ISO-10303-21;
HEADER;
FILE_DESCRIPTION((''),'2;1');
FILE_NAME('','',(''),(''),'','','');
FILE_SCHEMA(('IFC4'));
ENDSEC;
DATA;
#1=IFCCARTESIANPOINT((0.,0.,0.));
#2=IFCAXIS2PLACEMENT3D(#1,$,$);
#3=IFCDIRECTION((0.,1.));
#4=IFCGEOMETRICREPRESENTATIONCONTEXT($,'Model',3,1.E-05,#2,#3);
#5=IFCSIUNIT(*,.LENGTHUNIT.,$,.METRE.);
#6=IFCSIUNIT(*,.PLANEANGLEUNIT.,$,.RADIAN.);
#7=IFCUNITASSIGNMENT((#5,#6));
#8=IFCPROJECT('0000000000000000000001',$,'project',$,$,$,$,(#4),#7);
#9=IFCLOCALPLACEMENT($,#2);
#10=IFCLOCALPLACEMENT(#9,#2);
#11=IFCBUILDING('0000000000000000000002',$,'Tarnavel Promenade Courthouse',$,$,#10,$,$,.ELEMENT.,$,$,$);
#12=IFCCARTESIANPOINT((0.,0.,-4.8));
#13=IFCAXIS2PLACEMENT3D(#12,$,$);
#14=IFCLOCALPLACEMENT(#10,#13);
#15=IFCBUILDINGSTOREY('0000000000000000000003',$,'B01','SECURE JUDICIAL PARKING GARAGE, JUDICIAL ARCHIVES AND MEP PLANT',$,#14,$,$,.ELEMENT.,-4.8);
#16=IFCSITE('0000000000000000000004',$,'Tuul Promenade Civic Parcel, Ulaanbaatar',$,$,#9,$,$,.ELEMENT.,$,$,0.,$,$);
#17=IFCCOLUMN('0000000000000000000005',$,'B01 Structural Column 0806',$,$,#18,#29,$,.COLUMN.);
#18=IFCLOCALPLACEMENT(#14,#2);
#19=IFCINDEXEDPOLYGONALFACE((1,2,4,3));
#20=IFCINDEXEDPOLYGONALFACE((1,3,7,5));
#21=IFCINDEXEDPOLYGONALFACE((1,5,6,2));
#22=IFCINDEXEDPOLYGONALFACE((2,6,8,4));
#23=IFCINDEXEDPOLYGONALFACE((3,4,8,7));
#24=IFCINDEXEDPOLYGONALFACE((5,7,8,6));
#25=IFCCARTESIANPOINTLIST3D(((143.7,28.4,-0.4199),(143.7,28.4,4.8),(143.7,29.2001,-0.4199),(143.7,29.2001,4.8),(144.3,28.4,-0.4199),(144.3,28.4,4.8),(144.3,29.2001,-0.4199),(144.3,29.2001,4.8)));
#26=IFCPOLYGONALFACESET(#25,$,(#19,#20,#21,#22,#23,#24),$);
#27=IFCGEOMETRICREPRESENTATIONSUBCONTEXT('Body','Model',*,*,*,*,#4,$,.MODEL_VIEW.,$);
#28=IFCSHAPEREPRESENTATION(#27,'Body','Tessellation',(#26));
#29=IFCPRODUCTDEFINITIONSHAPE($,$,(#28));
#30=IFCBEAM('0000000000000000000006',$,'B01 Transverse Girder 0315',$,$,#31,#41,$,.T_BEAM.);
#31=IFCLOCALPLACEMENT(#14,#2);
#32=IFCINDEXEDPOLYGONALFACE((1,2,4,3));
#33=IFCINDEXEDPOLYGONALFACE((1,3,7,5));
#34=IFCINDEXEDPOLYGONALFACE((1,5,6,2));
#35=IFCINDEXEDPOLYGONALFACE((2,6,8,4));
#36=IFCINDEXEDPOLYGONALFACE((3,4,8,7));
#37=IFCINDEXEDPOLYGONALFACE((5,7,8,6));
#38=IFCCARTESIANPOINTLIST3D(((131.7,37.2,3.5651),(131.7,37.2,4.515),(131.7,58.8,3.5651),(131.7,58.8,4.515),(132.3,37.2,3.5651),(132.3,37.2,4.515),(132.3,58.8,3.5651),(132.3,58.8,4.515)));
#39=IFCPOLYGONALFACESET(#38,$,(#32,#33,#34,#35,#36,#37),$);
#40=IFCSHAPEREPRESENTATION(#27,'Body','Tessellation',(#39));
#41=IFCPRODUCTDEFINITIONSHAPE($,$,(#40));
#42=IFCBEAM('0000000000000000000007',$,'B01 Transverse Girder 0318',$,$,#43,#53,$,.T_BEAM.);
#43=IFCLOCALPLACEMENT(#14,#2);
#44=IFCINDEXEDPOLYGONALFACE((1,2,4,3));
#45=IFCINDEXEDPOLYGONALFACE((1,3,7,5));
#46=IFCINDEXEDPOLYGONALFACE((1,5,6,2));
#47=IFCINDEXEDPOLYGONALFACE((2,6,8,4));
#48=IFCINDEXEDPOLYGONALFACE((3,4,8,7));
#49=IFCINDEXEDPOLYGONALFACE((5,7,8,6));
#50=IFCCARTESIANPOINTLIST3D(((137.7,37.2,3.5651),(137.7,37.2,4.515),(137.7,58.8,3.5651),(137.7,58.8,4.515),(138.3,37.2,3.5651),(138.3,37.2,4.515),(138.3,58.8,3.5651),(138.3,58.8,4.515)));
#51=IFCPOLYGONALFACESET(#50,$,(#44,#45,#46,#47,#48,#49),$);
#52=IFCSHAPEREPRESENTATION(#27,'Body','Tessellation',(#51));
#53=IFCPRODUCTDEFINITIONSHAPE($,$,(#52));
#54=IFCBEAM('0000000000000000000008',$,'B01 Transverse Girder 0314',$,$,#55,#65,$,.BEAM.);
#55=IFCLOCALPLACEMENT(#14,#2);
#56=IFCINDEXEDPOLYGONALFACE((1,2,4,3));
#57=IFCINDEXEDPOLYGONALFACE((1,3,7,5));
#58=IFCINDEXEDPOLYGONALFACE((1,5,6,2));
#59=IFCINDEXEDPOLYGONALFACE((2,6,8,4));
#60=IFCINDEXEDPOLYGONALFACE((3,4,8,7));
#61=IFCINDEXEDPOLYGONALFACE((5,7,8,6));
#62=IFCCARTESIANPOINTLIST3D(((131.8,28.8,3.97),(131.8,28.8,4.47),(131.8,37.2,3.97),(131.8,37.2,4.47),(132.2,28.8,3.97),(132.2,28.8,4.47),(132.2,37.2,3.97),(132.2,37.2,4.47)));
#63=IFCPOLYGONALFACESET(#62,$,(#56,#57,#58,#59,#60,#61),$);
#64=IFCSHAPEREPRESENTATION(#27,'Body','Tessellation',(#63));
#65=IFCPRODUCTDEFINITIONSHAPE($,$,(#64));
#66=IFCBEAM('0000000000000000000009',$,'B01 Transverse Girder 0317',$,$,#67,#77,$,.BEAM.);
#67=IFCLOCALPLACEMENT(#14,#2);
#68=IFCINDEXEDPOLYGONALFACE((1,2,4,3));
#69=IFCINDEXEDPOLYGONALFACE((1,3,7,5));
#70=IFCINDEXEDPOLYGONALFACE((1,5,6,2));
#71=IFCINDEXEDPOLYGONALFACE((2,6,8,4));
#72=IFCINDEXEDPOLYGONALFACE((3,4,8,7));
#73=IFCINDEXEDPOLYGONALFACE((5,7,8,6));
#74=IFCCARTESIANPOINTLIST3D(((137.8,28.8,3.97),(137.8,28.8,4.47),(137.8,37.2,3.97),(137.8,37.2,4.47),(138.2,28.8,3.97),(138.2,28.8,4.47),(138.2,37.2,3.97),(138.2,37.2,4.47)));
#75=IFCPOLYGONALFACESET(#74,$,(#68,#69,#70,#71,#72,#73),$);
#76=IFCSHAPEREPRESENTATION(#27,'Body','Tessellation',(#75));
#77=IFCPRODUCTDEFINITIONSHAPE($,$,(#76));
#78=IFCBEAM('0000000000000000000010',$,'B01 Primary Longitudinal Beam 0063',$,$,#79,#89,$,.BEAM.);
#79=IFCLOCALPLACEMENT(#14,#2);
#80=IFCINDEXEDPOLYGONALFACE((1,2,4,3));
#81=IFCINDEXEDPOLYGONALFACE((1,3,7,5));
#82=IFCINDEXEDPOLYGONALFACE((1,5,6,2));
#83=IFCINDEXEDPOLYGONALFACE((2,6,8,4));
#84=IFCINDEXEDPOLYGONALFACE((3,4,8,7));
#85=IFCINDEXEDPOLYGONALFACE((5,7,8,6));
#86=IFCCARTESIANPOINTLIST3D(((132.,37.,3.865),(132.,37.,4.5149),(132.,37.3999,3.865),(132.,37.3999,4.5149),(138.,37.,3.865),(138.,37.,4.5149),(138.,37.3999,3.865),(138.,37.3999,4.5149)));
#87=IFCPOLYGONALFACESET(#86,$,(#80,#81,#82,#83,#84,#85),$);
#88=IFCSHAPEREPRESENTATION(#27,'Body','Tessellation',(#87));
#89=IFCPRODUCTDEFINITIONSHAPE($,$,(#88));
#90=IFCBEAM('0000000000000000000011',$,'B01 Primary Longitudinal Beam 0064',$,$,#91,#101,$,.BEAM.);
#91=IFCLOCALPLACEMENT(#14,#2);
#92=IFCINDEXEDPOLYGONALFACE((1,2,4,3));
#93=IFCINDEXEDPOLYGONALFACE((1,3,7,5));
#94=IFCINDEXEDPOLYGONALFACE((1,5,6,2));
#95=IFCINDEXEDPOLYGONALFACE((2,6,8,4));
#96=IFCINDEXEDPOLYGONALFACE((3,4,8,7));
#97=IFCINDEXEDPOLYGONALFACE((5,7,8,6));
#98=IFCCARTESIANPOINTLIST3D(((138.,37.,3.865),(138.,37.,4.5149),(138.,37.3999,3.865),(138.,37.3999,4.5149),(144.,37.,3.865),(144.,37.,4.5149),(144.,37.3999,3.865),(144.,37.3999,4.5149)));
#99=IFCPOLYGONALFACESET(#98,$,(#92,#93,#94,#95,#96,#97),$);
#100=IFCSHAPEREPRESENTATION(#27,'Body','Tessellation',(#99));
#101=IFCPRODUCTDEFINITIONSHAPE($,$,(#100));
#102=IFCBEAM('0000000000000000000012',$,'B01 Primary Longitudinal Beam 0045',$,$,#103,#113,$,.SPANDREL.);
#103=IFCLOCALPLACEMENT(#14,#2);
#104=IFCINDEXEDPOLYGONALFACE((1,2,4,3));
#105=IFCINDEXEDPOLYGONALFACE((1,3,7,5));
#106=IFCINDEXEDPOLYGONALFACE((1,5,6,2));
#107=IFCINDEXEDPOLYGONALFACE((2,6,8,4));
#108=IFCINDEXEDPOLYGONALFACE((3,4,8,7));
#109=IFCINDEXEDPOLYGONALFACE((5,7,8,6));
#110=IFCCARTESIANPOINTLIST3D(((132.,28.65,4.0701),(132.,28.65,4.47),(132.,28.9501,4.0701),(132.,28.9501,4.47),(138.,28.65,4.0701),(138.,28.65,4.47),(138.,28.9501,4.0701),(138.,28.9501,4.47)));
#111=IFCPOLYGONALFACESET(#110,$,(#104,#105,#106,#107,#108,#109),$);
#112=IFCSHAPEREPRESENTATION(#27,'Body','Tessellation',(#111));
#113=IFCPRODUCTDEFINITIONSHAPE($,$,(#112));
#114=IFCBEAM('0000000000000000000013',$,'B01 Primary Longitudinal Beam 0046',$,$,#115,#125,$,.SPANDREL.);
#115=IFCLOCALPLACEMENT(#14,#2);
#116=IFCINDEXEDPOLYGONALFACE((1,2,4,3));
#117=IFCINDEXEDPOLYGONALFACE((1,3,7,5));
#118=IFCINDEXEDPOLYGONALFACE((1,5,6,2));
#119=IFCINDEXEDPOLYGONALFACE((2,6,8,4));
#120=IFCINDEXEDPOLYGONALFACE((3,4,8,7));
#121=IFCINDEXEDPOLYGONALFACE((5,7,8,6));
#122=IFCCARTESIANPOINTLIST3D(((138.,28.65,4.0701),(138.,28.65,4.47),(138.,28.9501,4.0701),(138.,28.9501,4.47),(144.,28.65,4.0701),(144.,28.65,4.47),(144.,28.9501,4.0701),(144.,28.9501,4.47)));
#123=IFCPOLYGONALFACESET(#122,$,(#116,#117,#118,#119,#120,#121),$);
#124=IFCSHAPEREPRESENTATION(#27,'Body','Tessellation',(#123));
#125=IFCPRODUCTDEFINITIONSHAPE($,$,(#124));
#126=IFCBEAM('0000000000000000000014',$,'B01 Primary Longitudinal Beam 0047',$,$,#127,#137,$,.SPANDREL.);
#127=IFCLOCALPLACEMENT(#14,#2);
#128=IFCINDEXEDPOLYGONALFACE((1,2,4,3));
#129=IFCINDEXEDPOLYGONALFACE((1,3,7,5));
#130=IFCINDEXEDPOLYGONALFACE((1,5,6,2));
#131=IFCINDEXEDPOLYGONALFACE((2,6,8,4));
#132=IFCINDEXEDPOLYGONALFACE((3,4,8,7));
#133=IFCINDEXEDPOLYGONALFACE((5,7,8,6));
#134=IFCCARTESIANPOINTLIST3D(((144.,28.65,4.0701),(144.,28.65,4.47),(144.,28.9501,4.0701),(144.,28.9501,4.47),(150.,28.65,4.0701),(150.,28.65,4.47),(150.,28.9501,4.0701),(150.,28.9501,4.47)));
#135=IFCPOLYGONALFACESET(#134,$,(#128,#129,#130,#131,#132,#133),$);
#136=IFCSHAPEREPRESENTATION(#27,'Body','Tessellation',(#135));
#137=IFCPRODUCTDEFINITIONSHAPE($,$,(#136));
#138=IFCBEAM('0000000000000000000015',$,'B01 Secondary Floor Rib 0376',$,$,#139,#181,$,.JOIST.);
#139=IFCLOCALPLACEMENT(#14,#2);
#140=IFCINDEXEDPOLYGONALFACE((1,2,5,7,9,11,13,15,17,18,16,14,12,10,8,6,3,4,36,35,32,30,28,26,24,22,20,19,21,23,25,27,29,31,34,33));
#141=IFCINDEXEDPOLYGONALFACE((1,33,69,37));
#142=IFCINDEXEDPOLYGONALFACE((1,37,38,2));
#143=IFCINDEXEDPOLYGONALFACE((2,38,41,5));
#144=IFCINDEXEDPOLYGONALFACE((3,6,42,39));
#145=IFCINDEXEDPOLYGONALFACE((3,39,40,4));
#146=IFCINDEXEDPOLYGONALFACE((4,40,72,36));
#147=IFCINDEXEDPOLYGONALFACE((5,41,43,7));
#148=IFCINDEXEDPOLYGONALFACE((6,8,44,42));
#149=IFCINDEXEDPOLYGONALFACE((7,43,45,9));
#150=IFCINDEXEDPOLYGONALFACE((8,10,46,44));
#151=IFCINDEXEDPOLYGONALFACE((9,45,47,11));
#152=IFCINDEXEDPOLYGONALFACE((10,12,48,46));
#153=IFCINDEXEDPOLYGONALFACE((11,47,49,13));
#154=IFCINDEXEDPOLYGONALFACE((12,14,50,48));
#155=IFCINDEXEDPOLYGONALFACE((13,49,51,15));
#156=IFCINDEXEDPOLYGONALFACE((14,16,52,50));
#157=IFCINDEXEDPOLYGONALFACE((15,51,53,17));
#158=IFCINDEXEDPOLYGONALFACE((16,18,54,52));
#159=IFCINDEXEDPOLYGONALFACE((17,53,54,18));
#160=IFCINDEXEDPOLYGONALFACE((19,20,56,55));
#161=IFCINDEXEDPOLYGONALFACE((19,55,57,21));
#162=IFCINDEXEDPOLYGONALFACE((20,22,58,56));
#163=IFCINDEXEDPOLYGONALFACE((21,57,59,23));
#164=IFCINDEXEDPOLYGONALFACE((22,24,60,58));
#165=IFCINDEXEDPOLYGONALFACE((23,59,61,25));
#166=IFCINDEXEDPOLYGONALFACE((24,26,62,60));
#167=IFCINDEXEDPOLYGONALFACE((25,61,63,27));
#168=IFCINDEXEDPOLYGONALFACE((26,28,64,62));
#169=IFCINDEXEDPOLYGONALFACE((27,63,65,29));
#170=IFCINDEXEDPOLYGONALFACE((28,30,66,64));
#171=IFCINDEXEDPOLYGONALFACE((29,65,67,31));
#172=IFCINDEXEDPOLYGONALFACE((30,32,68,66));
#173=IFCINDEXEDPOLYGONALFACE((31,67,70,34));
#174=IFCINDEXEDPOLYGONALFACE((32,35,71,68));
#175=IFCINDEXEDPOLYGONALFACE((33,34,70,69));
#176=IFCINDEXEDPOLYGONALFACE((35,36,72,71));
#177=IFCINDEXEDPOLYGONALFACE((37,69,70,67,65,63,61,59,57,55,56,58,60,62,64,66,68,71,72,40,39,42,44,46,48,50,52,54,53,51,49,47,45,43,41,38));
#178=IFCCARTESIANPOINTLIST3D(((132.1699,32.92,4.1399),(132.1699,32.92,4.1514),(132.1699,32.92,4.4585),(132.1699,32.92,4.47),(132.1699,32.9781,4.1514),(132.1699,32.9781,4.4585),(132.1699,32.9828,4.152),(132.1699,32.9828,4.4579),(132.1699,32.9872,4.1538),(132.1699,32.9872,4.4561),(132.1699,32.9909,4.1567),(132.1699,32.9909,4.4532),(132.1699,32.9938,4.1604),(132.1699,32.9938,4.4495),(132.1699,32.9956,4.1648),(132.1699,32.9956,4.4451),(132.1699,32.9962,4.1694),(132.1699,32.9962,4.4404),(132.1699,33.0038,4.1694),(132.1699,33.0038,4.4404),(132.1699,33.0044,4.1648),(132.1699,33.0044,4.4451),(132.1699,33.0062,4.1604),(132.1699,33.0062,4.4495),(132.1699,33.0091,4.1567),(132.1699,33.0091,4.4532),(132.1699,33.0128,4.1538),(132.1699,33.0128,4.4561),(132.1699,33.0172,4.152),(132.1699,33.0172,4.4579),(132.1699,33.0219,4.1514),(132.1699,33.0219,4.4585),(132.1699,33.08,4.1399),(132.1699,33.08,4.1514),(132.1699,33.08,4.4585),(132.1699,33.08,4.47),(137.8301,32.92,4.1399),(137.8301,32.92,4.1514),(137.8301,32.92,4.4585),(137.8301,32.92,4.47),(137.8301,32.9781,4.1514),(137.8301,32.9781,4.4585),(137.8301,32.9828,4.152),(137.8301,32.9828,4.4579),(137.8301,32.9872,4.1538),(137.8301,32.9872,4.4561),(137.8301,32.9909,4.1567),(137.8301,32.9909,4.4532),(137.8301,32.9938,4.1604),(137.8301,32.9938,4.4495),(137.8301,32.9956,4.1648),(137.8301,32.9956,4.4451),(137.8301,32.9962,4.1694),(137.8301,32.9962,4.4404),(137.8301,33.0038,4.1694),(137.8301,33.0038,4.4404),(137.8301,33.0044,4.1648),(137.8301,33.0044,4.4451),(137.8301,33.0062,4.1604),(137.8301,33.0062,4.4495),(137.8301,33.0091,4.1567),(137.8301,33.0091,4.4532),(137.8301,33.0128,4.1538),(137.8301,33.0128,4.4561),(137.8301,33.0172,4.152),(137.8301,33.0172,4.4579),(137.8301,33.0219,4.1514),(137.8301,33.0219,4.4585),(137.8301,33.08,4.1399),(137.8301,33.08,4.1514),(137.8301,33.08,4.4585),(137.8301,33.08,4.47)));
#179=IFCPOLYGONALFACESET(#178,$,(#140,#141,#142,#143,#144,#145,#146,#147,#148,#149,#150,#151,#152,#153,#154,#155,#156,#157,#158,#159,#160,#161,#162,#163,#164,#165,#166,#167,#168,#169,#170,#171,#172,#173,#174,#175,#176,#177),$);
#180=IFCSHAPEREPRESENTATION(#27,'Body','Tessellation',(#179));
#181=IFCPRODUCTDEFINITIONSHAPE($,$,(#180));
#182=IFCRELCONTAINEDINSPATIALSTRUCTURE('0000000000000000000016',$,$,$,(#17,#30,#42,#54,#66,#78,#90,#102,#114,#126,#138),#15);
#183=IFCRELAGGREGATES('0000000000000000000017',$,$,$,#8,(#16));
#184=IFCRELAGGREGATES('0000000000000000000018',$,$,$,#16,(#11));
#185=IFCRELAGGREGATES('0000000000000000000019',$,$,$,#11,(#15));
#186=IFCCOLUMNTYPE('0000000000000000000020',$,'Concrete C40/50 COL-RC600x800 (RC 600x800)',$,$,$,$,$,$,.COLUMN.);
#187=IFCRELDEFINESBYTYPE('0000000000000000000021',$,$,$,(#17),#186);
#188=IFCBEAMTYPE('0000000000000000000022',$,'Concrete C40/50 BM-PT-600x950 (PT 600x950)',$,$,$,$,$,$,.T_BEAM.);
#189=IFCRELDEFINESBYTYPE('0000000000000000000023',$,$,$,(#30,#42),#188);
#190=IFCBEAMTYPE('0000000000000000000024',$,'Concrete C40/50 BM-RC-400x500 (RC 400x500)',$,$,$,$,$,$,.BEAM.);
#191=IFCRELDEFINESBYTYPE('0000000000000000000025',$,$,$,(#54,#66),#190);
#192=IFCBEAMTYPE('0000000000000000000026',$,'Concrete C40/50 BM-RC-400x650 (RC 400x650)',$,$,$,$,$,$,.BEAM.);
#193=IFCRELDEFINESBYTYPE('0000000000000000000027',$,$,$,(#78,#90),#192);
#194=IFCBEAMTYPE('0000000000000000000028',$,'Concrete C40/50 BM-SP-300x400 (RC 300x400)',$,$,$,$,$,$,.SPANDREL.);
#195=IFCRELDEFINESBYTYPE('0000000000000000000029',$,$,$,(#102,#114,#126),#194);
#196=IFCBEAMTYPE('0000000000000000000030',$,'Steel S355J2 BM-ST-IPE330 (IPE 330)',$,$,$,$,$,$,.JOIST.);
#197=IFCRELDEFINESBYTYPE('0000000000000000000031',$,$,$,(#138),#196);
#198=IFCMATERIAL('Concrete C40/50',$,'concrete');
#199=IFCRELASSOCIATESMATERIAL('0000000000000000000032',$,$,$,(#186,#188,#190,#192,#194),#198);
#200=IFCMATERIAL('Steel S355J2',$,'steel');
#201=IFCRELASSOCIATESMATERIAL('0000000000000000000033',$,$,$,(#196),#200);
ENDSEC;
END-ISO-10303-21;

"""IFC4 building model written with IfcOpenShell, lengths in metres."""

from ifc_helpers import new_model, si_unit, direction, frame, origin, origin_2d, place, context, subcontext, project, spatial, rectangle, i_section, extrude, material, material_profile, profile_set, type_object, element, save


model = new_model("IFC4")

# Units and contexts
model_context = context("Model", 3, precision=1e-05, world=origin(), true_north=direction((0.0, 1.0)))
body_context = subcontext(model_context, "Body", "Model", "MODEL_VIEW")
ifc_project = project(units=[si_unit("LENGTHUNIT", "METRE"), si_unit("PLANEANGLEUNIT", "RADIAN")], contexts=[model_context])

# Site, building, storey
site_placement = place(None, origin())
site = spatial("IfcSite", under=ifc_project, at=site_placement, Name="Tuul Promenade Civic Parcel, Ulaanbaatar", CompositionType="ELEMENT", RefElevation=0.0)
building_placement = place(site_placement, origin())
building = spatial("IfcBuilding", under=site, at=building_placement, Name="Tarnavel Promenade Courthouse", CompositionType="ELEMENT")
storey_placement = place(building_placement, frame((0.0, 0.0, -4.8)))
storey = spatial("IfcBuildingStorey", under=building, at=storey_placement, Name="B01", Description="SECURE JUDICIAL PARKING GARAGE, JUDICIAL ARCHIVES AND MEP PLANT", CompositionType="ELEMENT", Elevation=-4.8)

# Column
ifc_material_1 = material(Name="Concrete C40/50", Category="concrete")
ifc_material_profile_1 = material_profile(ifc_material_1, rectangle(XDim=0.6001, YDim=0.8, at=origin_2d()), Name="RC 600x800")
ifc_profile_set_1 = profile_set([ifc_material_profile_1], Name="Concrete C40/50")
column_type = type_object("IfcColumnType", Name="Concrete C40/50 COL-RC600x800 (RC 600x800)", PredefinedType="COLUMN", material=ifc_profile_set_1)
for number, where, z_axis, x_axis, name in (
    (1, (144.0, 28.8, -0.4199), (0.0, 0.0, 1.0), (1.0, 0.0, 0.0), "B01 Structural Column 0806"),
):
    element("IfcColumn", number, at=place(storey_placement, frame(where, z_axis=z_axis, x_axis=x_axis)), inside=storey, type_object=column_type, Name=name, PredefinedType="COLUMN", context=body_context, shape_type="SweptSolid", body=[
        extrude(rectangle(XDim=0.6001, YDim=0.8, at=origin_2d()), origin(), (0.0, 0.0, 1.0), 5.22),
    ])

# Beams
ifc_material_profile_2 = material_profile(ifc_material_1, rectangle(XDim=0.6001, YDim=0.95, at=origin_2d()), Name="PT 600x950")
ifc_profile_set_2 = profile_set([ifc_material_profile_2], Name="Concrete C40/50")
beam_type_1 = type_object("IfcBeamType", Name="Concrete C40/50 BM-PT-600x950 (PT 600x950)", PredefinedType="T_BEAM", material=ifc_profile_set_2)
for number, where, z_axis, x_axis, name in (
    (2, (132.0, 37.2, 4.04), (0.0, 1.0, 0.0), (-1.0, 0.0, 0.0), "B01 Transverse Girder 0315"),
    (3, (138.0, 37.2, 4.04), (0.0, 1.0, 0.0), (-1.0, 0.0, 0.0), "B01 Transverse Girder 0318"),
):
    element("IfcBeam", number, at=place(storey_placement, frame(where, z_axis=z_axis, x_axis=x_axis)), inside=storey, type_object=beam_type_1, Name=name, PredefinedType="T_BEAM", context=body_context, shape_type="SweptSolid", body=[
        extrude(rectangle(XDim=0.6001, YDim=0.95, at=origin_2d()), origin(), (0.0, 0.0, 1.0), 21.6001),
    ])
ifc_material_profile_3 = material_profile(ifc_material_1, rectangle(XDim=0.3999, YDim=0.5, at=origin_2d()), Name="RC 400x500")
ifc_profile_set_3 = profile_set([ifc_material_profile_3], Name="Concrete C40/50")
beam_type_2 = type_object("IfcBeamType", Name="Concrete C40/50 BM-RC-400x500 (RC 400x500)", PredefinedType="BEAM", material=ifc_profile_set_3)
for number, where, z_axis, x_axis, name in (
    (4, (132.0, 28.8, 4.22), (0.0, 1.0, 0.0), (-1.0, 0.0, 0.0), "B01 Transverse Girder 0314"),
    (5, (138.0, 28.8, 4.22), (0.0, 1.0, 0.0), (-1.0, 0.0, 0.0), "B01 Transverse Girder 0317"),
):
    element("IfcBeam", number, at=place(storey_placement, frame(where, z_axis=z_axis, x_axis=x_axis)), inside=storey, type_object=beam_type_2, Name=name, PredefinedType="BEAM", context=body_context, shape_type="SweptSolid", body=[
        extrude(rectangle(XDim=0.3999, YDim=0.5, at=origin_2d()), origin(), (0.0, 0.0, 1.0), 8.3999),
    ])
ifc_material_profile_4 = material_profile(ifc_material_1, rectangle(XDim=0.3999, YDim=0.6499, at=origin_2d()), Name="RC 400x650")
ifc_profile_set_4 = profile_set([ifc_material_profile_4], Name="Concrete C40/50")
beam_type_3 = type_object("IfcBeamType", Name="Concrete C40/50 BM-RC-400x650 (RC 400x650)", PredefinedType="BEAM", material=ifc_profile_set_4)
for number, where, z_axis, x_axis, name in (
    (6, (132.0, 37.2, 4.1899), (1.0, 0.0, 0.0), (0.0, 1.0, 0.0), "B01 Primary Longitudinal Beam 0063"),
    (7, (138.0, 37.2, 4.1899), (1.0, 0.0, 0.0), (0.0, 1.0, 0.0), "B01 Primary Longitudinal Beam 0064"),
):
    element("IfcBeam", number, at=place(storey_placement, frame(where, z_axis=z_axis, x_axis=x_axis)), inside=storey, type_object=beam_type_3, Name=name, PredefinedType="BEAM", context=body_context, shape_type="SweptSolid", body=[
        extrude(rectangle(XDim=0.3999, YDim=0.6499, at=origin_2d()), origin(), (0.0, 0.0, 1.0), 6.0),
    ])
ifc_material_profile_5 = material_profile(ifc_material_1, rectangle(XDim=0.3, YDim=0.3999, at=origin_2d()), Name="RC 300x400")
ifc_profile_set_5 = profile_set([ifc_material_profile_5], Name="Concrete C40/50")
beam_type_4 = type_object("IfcBeamType", Name="Concrete C40/50 BM-SP-300x400 (RC 300x400)", PredefinedType="SPANDREL", material=ifc_profile_set_5)
for number, where, z_axis, x_axis, name in (
    (8, (132.0, 28.8, 4.27), (1.0, 0.0, 0.0), (0.0, 1.0, 0.0), "B01 Primary Longitudinal Beam 0045"),
    (9, (138.0, 28.8, 4.27), (1.0, 0.0, 0.0), (0.0, 1.0, 0.0), "B01 Primary Longitudinal Beam 0046"),
    (10, (144.0, 28.8, 4.27), (1.0, 0.0, 0.0), (0.0, 1.0, 0.0), "B01 Primary Longitudinal Beam 0047"),
):
    element("IfcBeam", number, at=place(storey_placement, frame(where, z_axis=z_axis, x_axis=x_axis)), inside=storey, type_object=beam_type_4, Name=name, PredefinedType="SPANDREL", context=body_context, shape_type="SweptSolid", body=[
        extrude(rectangle(XDim=0.3, YDim=0.3999, at=origin_2d()), origin(), (0.0, 0.0, 1.0), 6.0),
    ])
ifc_material_2 = material(Name="Steel S355J2", Category="steel")
ifc_material_profile_6 = material_profile(ifc_material_2, i_section(OverallWidth=0.1599, OverallDepth=0.3301, WebThickness=0.0076, FlangeThickness=0.0115, FilletRadius=0.0181, at=origin_2d()), Name="IPE 330")
ifc_profile_set_6 = profile_set([ifc_material_profile_6], Name="Steel S355J2")
beam_type_5 = type_object("IfcBeamType", Name="Steel S355J2 BM-ST-IPE330 (IPE 330)", PredefinedType="JOIST", material=ifc_profile_set_6)
for number, where, z_axis, x_axis, name in (
    (11, (132.1699, 33.0, 4.3049), (1.0, 0.0, 0.0), (0.0, 1.0, 0.0), "B01 Secondary Floor Rib 0376"),
):
    element("IfcBeam", number, at=place(storey_placement, frame(where, z_axis=z_axis, x_axis=x_axis)), inside=storey, type_object=beam_type_5, Name=name, PredefinedType="JOIST", context=body_context, shape_type="SweptSolid", body=[
        extrude(i_section(OverallWidth=0.1599, OverallDepth=0.3301, WebThickness=0.0076, FlangeThickness=0.0115, FilletRadius=0.0181, at=origin_2d()), origin(), (0.0, 0.0, 1.0), 5.6602),
    ])

save(model, "model.ifc")
